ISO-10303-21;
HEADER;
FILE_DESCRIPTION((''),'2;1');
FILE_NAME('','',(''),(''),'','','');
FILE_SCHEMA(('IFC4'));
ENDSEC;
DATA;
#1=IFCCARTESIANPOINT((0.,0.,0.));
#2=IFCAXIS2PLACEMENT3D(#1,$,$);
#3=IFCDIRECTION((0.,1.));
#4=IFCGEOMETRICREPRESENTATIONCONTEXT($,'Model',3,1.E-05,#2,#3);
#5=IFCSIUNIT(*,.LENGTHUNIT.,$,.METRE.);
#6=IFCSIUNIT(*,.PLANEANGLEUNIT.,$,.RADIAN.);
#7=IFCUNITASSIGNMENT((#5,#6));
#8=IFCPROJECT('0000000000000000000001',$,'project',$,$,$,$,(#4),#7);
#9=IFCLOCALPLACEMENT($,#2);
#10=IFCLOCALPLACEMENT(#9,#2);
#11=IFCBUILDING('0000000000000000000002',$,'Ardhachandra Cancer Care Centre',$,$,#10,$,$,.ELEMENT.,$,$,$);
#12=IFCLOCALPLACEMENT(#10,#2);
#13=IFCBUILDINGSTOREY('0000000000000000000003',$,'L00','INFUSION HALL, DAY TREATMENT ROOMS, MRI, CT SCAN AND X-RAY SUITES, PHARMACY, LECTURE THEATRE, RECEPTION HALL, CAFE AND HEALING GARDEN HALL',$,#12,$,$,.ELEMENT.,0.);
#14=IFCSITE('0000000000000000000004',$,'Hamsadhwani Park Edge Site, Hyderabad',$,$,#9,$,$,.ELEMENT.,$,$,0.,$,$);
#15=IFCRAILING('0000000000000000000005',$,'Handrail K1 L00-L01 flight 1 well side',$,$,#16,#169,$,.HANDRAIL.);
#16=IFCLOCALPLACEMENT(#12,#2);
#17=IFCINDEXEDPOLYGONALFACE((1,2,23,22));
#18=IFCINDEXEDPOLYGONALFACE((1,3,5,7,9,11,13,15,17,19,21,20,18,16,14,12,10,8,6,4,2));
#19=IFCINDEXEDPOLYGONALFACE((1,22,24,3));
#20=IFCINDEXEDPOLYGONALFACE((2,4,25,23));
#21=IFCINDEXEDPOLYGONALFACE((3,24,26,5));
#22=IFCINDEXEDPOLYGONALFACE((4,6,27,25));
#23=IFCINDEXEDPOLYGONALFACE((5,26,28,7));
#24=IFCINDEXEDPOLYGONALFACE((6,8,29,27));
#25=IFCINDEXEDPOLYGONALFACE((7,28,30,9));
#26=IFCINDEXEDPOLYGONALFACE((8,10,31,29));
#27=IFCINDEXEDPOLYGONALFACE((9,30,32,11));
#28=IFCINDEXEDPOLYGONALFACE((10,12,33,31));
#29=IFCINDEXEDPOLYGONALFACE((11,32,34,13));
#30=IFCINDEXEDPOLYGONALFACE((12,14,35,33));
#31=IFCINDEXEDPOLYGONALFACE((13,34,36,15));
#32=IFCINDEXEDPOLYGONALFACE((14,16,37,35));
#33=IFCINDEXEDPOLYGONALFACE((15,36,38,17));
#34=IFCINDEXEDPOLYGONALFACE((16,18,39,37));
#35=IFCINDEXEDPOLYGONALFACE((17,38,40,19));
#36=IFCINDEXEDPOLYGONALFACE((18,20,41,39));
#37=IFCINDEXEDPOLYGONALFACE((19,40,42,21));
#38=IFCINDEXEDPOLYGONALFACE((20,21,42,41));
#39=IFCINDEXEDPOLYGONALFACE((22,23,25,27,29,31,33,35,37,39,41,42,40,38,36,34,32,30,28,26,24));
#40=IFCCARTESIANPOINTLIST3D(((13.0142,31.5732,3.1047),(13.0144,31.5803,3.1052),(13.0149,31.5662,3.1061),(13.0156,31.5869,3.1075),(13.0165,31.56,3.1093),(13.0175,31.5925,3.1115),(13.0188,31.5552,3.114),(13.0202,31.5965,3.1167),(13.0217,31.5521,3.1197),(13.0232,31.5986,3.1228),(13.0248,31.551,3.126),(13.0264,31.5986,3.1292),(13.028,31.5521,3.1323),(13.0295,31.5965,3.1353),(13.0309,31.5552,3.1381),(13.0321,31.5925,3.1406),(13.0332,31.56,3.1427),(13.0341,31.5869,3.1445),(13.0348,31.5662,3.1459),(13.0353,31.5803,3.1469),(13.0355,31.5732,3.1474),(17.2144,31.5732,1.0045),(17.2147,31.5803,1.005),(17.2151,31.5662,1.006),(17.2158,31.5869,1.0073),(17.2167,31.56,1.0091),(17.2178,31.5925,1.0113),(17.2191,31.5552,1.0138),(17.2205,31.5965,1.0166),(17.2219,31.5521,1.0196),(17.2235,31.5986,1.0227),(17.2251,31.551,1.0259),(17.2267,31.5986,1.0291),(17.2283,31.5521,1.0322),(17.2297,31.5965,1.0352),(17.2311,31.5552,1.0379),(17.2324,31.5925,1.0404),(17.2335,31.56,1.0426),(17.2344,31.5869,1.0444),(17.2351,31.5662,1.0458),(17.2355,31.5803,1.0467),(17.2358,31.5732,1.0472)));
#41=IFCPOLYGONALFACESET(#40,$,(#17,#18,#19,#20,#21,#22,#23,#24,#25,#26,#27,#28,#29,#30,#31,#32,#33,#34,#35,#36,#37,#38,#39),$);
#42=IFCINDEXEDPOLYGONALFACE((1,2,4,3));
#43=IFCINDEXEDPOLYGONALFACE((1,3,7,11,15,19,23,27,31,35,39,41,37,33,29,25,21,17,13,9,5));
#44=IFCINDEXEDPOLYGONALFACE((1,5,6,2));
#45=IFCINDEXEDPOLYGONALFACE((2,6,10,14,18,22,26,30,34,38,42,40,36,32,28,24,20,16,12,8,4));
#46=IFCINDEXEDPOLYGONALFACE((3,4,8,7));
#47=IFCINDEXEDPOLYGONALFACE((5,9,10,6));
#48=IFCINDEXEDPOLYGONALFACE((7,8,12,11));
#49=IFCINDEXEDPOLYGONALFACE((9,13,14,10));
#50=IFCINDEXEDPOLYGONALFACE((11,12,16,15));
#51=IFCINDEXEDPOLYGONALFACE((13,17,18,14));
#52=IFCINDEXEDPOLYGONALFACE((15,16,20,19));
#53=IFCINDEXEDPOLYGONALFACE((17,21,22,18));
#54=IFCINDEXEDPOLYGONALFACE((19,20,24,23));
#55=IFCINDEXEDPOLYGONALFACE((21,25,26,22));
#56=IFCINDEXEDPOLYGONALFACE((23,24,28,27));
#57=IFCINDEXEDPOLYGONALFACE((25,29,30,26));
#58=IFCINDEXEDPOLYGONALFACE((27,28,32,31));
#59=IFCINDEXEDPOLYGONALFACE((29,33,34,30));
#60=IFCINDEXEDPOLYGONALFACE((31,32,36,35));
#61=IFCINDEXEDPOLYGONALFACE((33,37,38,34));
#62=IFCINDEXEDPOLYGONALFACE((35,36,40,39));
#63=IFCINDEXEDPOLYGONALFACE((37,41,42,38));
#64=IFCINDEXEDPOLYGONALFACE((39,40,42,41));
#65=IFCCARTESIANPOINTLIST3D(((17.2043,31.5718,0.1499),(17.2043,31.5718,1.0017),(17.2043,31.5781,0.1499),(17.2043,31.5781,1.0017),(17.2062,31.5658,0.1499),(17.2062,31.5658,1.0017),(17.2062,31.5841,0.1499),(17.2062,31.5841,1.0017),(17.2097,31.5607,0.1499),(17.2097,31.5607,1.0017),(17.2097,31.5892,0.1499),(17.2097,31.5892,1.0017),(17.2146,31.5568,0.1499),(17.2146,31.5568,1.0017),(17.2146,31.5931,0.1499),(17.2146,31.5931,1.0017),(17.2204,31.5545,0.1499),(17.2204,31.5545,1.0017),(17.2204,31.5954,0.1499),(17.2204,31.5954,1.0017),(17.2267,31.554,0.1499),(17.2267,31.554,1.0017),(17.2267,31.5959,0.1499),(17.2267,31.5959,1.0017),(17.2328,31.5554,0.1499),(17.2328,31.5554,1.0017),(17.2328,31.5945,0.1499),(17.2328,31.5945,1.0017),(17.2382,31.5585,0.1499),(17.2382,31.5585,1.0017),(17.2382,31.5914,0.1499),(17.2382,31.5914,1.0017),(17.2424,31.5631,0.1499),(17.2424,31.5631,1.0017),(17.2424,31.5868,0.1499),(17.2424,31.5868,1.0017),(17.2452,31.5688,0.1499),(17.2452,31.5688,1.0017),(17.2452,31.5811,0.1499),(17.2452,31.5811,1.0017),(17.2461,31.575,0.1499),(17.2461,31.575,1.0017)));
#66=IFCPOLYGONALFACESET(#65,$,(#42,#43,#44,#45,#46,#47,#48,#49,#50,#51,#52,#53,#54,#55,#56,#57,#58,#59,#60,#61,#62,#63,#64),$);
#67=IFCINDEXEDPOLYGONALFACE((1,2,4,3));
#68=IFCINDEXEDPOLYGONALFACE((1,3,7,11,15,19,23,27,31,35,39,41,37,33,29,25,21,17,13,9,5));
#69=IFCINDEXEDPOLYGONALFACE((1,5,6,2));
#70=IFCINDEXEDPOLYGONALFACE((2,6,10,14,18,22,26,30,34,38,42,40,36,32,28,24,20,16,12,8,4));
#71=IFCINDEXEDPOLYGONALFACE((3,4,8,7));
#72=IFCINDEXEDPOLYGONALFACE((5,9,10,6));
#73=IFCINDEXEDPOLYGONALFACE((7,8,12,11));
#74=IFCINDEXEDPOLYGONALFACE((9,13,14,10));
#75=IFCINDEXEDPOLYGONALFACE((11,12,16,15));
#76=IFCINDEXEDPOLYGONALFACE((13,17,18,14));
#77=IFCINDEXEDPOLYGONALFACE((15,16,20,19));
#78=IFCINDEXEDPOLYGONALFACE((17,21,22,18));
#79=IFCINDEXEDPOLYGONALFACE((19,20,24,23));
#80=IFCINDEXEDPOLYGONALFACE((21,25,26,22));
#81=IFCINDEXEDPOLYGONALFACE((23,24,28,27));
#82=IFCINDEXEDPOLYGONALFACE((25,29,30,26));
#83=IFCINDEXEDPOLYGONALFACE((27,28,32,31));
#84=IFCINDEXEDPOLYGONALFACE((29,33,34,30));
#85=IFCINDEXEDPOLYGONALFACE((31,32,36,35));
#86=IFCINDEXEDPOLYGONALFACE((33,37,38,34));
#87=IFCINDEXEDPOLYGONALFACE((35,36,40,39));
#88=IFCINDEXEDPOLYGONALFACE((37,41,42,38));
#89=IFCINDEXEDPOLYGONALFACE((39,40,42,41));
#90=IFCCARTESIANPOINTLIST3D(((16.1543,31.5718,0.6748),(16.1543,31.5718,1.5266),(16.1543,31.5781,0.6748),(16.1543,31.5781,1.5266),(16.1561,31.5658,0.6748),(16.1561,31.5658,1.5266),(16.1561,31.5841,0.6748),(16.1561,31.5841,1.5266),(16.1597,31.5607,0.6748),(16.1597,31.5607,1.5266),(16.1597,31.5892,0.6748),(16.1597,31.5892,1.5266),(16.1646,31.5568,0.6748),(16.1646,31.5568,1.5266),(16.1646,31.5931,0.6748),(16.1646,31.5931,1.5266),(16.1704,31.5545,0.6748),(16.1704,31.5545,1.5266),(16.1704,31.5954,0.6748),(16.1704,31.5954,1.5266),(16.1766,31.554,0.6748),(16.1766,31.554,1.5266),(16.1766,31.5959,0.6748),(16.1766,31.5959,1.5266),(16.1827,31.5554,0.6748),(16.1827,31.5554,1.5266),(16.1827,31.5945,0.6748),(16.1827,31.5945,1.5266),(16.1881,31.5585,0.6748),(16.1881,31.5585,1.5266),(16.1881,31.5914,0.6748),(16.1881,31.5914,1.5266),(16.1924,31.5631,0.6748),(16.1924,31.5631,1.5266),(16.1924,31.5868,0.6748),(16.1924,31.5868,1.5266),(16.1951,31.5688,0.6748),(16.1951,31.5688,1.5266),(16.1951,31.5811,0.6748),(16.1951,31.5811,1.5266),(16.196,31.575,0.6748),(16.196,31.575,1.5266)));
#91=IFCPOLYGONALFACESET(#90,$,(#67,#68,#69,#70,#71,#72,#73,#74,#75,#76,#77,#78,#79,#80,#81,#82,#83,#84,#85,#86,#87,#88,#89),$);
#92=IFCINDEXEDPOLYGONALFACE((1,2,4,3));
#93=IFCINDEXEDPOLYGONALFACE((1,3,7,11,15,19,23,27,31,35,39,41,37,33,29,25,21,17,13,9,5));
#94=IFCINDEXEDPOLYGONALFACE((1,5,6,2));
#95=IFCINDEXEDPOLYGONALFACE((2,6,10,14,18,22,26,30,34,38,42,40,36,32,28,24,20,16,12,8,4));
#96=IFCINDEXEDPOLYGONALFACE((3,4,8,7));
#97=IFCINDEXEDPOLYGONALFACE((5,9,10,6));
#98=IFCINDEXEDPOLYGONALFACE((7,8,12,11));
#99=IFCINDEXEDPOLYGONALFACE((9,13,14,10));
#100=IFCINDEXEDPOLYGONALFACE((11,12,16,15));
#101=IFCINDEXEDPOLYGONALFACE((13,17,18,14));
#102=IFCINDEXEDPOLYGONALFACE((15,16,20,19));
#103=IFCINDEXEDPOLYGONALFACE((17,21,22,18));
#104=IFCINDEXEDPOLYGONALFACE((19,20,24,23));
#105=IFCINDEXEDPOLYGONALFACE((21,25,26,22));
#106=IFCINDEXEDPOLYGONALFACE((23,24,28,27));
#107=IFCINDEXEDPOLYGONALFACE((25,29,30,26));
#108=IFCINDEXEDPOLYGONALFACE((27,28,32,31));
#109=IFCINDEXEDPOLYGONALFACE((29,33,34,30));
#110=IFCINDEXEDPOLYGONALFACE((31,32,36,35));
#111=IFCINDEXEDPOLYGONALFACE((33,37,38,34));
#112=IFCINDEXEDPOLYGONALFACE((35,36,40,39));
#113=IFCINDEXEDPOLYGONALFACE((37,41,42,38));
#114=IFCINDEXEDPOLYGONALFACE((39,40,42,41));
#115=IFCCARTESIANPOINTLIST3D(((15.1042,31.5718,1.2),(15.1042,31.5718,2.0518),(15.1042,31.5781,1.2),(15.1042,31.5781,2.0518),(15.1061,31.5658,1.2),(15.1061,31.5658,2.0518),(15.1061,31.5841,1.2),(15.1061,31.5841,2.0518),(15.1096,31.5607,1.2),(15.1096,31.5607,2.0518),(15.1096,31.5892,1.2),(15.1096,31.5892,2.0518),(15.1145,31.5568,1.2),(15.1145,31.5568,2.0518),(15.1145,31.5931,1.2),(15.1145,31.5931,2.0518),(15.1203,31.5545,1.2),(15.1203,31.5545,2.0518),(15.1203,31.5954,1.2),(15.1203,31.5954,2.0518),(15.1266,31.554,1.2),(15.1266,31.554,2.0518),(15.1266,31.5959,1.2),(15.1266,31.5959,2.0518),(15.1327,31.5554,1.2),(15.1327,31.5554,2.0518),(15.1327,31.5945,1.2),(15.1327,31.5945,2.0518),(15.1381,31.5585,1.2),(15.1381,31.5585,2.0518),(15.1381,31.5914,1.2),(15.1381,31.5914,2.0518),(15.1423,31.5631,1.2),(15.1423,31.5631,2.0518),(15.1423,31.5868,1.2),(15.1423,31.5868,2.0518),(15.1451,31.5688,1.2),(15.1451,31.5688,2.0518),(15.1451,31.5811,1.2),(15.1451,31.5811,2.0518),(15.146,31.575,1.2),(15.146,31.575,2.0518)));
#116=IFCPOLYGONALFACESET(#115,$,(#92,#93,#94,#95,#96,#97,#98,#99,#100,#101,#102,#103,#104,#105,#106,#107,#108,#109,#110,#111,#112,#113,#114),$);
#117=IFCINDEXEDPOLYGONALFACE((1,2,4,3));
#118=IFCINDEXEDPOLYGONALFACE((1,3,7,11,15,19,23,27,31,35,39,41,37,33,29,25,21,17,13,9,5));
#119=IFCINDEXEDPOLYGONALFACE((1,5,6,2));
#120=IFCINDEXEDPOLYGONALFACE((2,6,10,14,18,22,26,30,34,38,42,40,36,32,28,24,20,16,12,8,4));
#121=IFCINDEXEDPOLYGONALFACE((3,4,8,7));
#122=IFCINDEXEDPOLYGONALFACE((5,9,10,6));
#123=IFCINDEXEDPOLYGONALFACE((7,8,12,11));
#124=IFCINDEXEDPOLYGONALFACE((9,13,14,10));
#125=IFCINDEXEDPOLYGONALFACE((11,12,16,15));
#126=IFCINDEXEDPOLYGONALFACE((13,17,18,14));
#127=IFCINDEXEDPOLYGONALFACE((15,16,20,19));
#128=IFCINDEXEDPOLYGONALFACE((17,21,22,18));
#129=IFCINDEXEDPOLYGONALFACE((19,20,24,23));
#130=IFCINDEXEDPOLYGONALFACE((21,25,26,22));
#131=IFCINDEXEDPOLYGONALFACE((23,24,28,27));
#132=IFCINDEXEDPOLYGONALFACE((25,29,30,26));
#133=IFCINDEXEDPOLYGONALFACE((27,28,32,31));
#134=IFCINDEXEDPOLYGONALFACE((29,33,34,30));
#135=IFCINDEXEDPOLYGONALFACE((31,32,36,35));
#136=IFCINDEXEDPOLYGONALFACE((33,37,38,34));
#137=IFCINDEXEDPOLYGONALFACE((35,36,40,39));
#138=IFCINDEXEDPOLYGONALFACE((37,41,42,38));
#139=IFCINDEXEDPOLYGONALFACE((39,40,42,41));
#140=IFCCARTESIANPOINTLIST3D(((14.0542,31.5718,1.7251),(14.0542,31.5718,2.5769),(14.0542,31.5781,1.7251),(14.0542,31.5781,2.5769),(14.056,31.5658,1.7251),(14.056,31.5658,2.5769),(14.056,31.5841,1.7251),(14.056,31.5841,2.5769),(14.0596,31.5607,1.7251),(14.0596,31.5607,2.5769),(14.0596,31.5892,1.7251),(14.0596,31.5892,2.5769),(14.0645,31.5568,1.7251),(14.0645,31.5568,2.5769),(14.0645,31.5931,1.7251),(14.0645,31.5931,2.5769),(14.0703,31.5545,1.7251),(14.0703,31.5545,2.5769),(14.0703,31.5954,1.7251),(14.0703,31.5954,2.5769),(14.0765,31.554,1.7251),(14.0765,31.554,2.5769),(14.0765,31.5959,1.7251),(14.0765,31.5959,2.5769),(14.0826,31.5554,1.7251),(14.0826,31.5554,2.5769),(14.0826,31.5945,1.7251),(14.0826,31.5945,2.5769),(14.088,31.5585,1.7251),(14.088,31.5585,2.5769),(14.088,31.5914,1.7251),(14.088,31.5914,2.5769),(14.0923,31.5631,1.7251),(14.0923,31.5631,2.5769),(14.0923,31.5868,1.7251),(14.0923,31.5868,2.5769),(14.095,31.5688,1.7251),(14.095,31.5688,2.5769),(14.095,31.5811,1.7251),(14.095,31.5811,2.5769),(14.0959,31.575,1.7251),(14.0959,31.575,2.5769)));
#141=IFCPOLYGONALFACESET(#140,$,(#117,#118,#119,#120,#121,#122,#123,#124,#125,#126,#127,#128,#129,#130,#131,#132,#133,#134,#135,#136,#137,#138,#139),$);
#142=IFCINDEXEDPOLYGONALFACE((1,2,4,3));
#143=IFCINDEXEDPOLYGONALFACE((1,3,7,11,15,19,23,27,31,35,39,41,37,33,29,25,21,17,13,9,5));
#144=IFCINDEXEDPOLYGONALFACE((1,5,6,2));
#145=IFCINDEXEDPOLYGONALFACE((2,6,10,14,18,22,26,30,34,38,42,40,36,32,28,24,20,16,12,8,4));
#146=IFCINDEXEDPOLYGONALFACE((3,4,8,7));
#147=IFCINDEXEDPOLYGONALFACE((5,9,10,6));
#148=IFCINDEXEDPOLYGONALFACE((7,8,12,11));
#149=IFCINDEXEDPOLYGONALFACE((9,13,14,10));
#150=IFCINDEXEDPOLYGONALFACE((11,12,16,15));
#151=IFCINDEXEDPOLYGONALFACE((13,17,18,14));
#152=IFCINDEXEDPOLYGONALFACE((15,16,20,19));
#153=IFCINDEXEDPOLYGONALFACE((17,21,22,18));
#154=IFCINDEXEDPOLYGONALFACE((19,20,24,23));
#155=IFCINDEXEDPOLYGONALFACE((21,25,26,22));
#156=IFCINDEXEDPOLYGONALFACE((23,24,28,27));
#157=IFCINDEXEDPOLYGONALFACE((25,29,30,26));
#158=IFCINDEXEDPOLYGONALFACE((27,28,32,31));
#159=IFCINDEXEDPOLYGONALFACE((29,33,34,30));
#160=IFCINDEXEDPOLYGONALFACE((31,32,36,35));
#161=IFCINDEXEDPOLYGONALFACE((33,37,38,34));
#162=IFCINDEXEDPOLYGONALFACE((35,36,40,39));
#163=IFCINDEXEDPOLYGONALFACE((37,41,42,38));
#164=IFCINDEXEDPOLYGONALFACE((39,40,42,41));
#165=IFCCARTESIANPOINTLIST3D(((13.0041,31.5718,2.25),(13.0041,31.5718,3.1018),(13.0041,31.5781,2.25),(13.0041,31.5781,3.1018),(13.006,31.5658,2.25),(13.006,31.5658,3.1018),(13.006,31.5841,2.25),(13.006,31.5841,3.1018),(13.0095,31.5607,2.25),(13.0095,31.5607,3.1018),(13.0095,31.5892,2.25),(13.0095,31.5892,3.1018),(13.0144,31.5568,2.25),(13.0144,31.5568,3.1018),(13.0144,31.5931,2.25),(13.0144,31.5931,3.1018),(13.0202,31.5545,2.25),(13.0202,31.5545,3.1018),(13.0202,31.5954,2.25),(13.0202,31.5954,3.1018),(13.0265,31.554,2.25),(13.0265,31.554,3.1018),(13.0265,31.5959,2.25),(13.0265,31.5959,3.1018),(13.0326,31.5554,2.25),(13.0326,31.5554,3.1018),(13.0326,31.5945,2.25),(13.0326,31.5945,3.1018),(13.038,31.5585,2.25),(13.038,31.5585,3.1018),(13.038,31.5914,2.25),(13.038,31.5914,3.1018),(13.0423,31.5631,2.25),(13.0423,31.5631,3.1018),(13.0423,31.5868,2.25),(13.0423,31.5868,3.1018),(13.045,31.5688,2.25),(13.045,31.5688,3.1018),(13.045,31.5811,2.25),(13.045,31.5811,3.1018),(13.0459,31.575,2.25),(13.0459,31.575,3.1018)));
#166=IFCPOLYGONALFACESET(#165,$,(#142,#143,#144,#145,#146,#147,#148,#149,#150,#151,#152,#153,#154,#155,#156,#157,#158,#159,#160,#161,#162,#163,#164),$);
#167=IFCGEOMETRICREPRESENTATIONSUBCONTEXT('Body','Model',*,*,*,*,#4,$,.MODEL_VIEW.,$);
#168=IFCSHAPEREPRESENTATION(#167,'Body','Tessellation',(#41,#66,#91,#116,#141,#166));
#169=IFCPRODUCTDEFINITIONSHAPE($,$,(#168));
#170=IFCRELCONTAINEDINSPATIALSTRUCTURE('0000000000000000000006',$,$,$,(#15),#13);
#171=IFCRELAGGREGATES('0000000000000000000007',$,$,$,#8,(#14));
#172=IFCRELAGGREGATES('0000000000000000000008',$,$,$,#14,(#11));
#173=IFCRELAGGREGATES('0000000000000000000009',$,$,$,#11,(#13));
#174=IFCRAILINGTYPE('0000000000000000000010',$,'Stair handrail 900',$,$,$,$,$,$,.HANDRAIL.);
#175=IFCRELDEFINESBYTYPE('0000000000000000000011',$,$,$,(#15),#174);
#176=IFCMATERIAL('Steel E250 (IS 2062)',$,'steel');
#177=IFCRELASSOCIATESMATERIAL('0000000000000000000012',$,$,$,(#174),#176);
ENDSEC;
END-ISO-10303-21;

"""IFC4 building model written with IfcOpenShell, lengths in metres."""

from ifc_helpers import new_model, si_unit, direction, frame, origin, origin_2d, place, context, subcontext, project, spatial, circle, extrude, material, type_object, element, save


model = new_model("IFC4")

# Units and contexts
model_context = context("Model", 3, precision=1e-05, world=origin(), true_north=direction((0.0, 1.0)))
body_context = subcontext(model_context, "Body", "Model", "MODEL_VIEW")
ifc_project = project(units=[si_unit("LENGTHUNIT", "METRE"), si_unit("PLANEANGLEUNIT", "RADIAN")], contexts=[model_context])

# Site, building, storey
site_placement = place(None, origin())
site = spatial("IfcSite", under=ifc_project, at=site_placement, Name="Hamsadhwani Park Edge Site, Hyderabad", CompositionType="ELEMENT", RefElevation=0.0)
building_placement = place(site_placement, origin())
building = spatial("IfcBuilding", under=site, at=building_placement, Name="Ardhachandra Cancer Care Centre", CompositionType="ELEMENT")
storey_placement = place(building_placement, origin())
storey = spatial("IfcBuildingStorey", under=building, at=storey_placement, Name="L00", Description="INFUSION HALL, DAY TREATMENT ROOMS, MRI, CT SCAN AND X-RAY SUITES, PHARMACY, LECTURE THEATRE, RECEPTION HALL, CAFE AND HEALING GARDEN HALL", CompositionType="ELEMENT", Elevation=0.0)

# Railing
ifc_material_1 = material(Name="Steel E250 (IS 2062)", Category="steel")
railing_type_1 = type_object("IfcRailingType", Name="Stair handrail 900", PredefinedType="HANDRAIL", material=ifc_material_1)
for number, where, name in (
    (1, (17.2251, 31.575, 0.1499), "Handrail K1 L00-L01 flight 1 well side"),
):
    element("IfcRailing", number, at=place(storey_placement, frame(where)), inside=storey, type_object=railing_type_1, Name=name, PredefinedType="HANDRAIL", context=body_context, shape_type="SweptSolid", body=[
        extrude(circle(Radius=0.0239, at=origin_2d()), frame((0.0, 0.0, 0.876), z_axis=(-0.894427, 0.0, 0.447214), x_axis=(0.0, -1.0, 0.0)), (0.0, 0.0, 1.0), 4.696),
        extrude(circle(Radius=0.021, at=origin_2d()), origin(), (0.0, 0.0, 1.0), 0.8518),
        extrude(circle(Radius=0.021, at=origin_2d()), frame((-1.05, 0.0, 0.5249)), (0.0, 0.0, 1.0), 0.8518),
        extrude(circle(Radius=0.021, at=origin_2d()), frame((-2.1001, 0.0, 1.05)), (0.0, 0.0, 1.0), 0.8518),
        extrude(circle(Radius=0.021, at=origin_2d()), frame((-3.1501, 0.0, 1.5752)), (0.0, 0.0, 1.0), 0.8518),
        extrude(circle(Radius=0.021, at=origin_2d()), frame((-4.2002, 0.0, 2.1001)), (0.0, 0.0, 1.0), 0.8518),
    ])

save(model, "model.ifc")
